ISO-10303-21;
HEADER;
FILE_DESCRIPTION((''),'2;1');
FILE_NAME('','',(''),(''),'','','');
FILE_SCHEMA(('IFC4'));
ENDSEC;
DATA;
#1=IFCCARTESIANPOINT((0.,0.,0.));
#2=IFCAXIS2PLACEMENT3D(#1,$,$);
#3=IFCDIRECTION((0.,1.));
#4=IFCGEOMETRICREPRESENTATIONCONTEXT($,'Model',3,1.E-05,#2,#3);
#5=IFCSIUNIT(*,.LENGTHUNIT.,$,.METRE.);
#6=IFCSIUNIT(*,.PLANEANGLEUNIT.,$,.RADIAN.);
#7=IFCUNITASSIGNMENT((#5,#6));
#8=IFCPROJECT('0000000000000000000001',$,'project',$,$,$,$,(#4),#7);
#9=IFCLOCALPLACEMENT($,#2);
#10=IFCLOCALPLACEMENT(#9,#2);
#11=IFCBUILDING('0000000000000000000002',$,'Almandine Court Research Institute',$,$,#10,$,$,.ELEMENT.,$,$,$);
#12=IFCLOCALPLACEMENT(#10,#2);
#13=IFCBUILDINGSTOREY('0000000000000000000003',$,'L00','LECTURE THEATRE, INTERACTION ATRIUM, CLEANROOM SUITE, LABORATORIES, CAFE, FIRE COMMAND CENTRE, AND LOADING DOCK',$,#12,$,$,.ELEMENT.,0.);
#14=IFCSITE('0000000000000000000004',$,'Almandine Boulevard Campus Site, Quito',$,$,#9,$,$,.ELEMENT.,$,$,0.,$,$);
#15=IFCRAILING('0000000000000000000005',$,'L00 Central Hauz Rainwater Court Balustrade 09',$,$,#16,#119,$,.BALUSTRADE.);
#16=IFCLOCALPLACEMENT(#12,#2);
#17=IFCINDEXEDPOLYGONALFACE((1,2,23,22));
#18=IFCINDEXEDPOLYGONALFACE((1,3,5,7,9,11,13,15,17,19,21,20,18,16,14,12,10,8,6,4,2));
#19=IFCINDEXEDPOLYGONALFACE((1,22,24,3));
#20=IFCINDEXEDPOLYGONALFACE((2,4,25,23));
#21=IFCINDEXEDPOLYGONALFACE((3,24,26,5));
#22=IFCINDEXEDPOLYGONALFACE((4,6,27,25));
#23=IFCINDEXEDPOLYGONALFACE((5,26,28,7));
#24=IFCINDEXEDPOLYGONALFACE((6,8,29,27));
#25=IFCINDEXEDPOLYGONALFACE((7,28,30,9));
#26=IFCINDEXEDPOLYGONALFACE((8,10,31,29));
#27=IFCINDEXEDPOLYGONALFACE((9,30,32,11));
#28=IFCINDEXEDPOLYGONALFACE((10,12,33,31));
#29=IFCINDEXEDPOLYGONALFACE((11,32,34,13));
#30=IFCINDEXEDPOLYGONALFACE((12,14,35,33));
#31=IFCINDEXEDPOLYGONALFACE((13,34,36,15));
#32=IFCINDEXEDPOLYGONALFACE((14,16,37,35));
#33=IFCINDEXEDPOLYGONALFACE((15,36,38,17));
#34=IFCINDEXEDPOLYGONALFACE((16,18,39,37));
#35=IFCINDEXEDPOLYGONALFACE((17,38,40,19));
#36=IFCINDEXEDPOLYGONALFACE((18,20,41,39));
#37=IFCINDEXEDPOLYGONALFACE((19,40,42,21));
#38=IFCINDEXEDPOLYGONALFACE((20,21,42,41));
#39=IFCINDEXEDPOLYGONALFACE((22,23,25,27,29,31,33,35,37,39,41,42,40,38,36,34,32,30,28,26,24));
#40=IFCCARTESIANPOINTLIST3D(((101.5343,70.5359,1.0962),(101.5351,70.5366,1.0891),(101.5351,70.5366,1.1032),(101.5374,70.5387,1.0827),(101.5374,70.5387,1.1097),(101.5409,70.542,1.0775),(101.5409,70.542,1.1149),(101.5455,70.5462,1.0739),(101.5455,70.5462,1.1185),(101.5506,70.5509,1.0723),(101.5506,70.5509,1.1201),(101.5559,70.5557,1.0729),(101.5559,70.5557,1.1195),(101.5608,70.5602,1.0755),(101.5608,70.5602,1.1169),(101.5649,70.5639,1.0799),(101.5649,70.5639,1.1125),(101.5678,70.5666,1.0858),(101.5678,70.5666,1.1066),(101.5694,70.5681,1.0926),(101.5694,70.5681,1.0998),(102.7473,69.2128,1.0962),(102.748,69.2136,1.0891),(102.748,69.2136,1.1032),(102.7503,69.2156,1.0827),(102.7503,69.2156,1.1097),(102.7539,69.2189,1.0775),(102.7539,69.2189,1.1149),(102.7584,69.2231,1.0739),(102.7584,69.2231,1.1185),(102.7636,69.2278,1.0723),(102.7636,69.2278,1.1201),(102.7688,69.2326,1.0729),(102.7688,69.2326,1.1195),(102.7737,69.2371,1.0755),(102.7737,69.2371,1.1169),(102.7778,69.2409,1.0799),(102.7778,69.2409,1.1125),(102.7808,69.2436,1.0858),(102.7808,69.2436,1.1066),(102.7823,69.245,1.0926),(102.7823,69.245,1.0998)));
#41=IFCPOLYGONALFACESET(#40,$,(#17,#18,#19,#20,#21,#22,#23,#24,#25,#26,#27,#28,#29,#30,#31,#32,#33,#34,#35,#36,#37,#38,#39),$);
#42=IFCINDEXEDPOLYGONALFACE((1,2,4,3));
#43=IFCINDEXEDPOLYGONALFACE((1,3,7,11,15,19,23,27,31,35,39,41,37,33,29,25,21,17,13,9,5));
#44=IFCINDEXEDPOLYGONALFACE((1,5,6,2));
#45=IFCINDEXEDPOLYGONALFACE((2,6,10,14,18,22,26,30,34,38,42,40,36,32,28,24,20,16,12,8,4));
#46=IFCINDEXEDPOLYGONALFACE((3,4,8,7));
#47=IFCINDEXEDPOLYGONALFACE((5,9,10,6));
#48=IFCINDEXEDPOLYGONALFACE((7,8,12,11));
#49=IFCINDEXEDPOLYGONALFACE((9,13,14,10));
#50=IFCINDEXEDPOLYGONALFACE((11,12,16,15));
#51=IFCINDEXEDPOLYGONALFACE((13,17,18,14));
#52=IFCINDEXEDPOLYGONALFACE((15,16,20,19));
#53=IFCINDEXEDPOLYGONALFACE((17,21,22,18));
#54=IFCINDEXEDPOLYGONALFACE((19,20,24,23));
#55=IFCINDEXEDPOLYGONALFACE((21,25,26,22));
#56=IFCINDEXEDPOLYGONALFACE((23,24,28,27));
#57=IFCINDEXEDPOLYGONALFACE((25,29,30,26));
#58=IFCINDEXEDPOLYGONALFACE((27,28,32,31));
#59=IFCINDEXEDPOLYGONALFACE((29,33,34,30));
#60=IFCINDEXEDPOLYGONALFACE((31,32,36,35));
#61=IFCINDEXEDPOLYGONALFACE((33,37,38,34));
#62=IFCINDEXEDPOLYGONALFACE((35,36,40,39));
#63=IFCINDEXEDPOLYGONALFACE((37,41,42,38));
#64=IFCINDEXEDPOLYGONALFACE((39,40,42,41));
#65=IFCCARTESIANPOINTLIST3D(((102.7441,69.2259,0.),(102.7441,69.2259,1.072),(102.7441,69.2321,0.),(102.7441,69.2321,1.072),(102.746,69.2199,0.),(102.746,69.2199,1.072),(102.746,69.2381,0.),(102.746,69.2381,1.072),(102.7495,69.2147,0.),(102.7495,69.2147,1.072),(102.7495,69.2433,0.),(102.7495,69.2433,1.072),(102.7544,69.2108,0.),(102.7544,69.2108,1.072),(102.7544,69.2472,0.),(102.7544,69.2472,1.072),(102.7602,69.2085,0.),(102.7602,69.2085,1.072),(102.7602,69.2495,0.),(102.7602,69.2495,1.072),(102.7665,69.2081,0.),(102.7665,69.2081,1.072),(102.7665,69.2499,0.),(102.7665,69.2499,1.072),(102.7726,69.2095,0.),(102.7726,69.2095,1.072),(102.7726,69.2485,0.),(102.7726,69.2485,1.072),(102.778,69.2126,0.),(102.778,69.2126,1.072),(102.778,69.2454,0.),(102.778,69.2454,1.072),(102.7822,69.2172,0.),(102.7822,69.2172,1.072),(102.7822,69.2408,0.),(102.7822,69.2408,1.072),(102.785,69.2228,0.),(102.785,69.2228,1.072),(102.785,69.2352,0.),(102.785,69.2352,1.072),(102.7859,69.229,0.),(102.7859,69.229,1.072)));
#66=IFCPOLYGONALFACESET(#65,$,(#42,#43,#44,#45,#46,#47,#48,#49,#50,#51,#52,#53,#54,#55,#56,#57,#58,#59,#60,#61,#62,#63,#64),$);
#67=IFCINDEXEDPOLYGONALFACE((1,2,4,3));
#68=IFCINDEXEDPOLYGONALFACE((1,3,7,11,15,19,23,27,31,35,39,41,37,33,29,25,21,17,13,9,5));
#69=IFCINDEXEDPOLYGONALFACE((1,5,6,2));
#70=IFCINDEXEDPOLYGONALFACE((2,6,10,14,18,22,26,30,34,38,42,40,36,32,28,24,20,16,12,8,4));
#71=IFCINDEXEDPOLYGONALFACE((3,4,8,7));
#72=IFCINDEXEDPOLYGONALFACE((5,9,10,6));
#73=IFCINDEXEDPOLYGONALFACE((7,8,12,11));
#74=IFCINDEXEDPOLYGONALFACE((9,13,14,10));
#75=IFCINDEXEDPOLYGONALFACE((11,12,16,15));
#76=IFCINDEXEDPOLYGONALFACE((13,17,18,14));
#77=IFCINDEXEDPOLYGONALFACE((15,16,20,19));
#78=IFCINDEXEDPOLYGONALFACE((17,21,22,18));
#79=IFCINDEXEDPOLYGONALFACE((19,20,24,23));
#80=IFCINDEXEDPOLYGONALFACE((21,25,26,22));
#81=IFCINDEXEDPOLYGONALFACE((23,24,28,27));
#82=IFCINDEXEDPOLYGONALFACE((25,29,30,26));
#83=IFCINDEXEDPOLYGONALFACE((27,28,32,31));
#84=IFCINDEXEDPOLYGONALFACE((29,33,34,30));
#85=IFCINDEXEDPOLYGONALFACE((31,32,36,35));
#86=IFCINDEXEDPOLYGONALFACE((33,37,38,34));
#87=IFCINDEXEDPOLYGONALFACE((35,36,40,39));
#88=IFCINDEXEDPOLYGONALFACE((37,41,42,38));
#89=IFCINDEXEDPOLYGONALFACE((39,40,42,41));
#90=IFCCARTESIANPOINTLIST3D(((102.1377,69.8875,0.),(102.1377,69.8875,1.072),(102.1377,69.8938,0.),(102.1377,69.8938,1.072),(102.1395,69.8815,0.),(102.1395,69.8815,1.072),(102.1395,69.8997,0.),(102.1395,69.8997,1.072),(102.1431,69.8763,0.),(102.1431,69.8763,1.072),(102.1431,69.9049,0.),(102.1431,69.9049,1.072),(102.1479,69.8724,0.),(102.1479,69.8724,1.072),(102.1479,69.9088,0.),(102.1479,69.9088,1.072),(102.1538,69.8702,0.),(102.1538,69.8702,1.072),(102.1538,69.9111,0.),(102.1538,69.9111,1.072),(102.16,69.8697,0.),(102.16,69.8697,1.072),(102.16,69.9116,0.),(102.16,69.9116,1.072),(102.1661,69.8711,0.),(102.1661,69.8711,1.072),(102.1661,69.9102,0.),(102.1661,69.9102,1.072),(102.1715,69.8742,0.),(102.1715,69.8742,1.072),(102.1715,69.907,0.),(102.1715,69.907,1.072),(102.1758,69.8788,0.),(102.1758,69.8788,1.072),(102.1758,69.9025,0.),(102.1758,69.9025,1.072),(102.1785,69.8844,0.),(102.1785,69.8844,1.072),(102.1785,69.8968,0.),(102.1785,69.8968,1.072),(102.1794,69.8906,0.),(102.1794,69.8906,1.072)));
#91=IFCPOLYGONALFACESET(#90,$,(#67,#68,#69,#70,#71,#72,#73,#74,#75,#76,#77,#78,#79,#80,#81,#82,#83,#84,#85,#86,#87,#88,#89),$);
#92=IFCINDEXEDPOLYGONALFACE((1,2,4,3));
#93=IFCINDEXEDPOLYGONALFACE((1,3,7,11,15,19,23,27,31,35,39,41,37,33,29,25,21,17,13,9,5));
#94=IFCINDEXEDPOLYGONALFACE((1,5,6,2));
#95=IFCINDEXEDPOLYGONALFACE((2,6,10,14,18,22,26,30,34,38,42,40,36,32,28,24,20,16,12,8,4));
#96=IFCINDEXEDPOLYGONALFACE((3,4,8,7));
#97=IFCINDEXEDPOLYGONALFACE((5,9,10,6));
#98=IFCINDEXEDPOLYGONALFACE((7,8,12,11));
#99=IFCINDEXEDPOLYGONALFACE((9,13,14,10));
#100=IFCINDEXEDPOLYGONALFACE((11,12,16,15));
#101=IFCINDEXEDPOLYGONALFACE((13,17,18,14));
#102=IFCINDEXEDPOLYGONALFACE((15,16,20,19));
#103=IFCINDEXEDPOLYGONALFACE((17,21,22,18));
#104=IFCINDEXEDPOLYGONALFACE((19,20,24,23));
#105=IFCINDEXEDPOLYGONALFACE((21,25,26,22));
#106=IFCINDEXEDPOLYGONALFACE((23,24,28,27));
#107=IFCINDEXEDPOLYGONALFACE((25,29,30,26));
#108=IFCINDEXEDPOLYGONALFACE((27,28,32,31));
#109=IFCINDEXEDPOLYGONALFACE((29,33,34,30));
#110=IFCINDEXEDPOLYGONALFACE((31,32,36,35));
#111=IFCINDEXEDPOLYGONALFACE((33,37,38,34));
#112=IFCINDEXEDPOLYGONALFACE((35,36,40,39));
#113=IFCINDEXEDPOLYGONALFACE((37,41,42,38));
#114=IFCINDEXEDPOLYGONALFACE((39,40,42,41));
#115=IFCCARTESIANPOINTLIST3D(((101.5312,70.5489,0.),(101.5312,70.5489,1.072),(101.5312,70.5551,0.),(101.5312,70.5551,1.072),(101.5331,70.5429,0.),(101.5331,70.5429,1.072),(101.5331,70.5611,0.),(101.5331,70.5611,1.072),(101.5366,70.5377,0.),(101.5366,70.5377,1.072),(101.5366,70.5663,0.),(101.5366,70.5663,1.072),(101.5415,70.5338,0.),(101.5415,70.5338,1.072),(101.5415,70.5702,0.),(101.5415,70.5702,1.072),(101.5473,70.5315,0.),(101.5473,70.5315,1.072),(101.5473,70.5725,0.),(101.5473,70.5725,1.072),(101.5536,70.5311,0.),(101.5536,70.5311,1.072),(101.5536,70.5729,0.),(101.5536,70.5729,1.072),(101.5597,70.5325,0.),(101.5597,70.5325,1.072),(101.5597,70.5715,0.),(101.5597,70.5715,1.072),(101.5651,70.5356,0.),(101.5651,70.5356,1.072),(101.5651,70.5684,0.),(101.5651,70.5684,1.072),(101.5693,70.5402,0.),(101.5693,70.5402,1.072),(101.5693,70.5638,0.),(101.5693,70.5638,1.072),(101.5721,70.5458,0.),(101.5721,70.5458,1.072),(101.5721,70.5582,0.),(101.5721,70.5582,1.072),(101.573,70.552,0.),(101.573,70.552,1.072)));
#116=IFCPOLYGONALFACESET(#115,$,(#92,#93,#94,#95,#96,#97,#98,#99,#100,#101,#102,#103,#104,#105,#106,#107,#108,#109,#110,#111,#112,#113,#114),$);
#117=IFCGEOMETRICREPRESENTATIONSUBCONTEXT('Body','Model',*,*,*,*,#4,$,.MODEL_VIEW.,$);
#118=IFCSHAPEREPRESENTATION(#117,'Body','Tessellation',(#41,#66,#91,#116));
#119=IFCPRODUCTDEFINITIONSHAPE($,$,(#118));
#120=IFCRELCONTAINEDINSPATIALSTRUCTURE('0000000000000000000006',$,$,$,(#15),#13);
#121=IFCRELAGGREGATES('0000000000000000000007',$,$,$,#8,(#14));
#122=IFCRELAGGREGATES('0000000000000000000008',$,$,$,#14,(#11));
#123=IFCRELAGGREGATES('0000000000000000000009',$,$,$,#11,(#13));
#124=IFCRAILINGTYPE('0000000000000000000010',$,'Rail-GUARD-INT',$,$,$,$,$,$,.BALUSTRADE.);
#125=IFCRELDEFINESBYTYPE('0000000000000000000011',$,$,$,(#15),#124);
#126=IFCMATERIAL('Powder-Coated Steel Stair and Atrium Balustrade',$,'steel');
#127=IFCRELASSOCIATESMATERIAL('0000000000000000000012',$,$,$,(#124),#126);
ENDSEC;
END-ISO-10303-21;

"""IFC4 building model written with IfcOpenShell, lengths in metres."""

from ifc_helpers import new_model, si_unit, direction, frame, origin, origin_2d, place, context, subcontext, project, spatial, circle, extrude, material, type_object, element, save


model = new_model("IFC4")

# Units and contexts
model_context = context("Model", 3, precision=1e-05, world=origin(), true_north=direction((0.0, 1.0)))
body_context = subcontext(model_context, "Body", "Model", "MODEL_VIEW")
ifc_project = project(units=[si_unit("LENGTHUNIT", "METRE"), si_unit("PLANEANGLEUNIT", "RADIAN")], contexts=[model_context])

# Site, building, storey
site_placement = place(None, origin())
site = spatial("IfcSite", under=ifc_project, at=site_placement, Name="Almandine Boulevard Campus Site, Quito", CompositionType="ELEMENT", RefElevation=0.0)
building_placement = place(site_placement, origin())
building = spatial("IfcBuilding", under=site, at=building_placement, Name="Almandine Court Research Institute", CompositionType="ELEMENT")
storey_placement = place(building_placement, origin())
storey = spatial("IfcBuildingStorey", under=building, at=storey_placement, Name="L00", Description="LECTURE THEATRE, INTERACTION ATRIUM, CLEANROOM SUITE, LABORATORIES, CAFE, FIRE COMMAND CENTRE, AND LOADING DOCK", CompositionType="ELEMENT", Elevation=0.0)

# Railing
ifc_material_1 = material(Name="Powder-Coated Steel Stair and Atrium Balustrade", Category="steel")
railing_type = type_object("IfcRailingType", Name="Rail-GUARD-INT", PredefinedType="BALUSTRADE", material=ifc_material_1)
railing_1_placement = place(storey_placement, frame((102.7649, 69.229, 0.0)))
element("IfcRailing", 1, at=railing_1_placement, inside=storey, type_object=railing_type, Name="L00 Central Hauz Rainwater Court Balustrade 09", PredefinedType="BALUSTRADE", context=body_context, shape_type="SweptSolid", body=[
    extrude(circle(Radius=0.0239, at=origin_2d()), frame((0.0, 0.0, 1.0962), z_axis=(-0.675768, 0.737115, 0.0), x_axis=(-0.737115, -0.675768, 0.0)), (0.0, 0.0, 1.0), 1.7949),
    extrude(circle(Radius=0.021, at=origin_2d()), origin(), (0.0, 0.0, 1.0), 1.072),
    extrude(circle(Radius=0.021, at=origin_2d()), frame((-0.6064, 0.6616, 0.0)), (0.0, 0.0, 1.0), 1.072),
    extrude(circle(Radius=0.021, at=origin_2d()), frame((-1.2129, 1.323, 0.0)), (0.0, 0.0, 1.0), 1.072),
])

save(model, "model.ifc")
